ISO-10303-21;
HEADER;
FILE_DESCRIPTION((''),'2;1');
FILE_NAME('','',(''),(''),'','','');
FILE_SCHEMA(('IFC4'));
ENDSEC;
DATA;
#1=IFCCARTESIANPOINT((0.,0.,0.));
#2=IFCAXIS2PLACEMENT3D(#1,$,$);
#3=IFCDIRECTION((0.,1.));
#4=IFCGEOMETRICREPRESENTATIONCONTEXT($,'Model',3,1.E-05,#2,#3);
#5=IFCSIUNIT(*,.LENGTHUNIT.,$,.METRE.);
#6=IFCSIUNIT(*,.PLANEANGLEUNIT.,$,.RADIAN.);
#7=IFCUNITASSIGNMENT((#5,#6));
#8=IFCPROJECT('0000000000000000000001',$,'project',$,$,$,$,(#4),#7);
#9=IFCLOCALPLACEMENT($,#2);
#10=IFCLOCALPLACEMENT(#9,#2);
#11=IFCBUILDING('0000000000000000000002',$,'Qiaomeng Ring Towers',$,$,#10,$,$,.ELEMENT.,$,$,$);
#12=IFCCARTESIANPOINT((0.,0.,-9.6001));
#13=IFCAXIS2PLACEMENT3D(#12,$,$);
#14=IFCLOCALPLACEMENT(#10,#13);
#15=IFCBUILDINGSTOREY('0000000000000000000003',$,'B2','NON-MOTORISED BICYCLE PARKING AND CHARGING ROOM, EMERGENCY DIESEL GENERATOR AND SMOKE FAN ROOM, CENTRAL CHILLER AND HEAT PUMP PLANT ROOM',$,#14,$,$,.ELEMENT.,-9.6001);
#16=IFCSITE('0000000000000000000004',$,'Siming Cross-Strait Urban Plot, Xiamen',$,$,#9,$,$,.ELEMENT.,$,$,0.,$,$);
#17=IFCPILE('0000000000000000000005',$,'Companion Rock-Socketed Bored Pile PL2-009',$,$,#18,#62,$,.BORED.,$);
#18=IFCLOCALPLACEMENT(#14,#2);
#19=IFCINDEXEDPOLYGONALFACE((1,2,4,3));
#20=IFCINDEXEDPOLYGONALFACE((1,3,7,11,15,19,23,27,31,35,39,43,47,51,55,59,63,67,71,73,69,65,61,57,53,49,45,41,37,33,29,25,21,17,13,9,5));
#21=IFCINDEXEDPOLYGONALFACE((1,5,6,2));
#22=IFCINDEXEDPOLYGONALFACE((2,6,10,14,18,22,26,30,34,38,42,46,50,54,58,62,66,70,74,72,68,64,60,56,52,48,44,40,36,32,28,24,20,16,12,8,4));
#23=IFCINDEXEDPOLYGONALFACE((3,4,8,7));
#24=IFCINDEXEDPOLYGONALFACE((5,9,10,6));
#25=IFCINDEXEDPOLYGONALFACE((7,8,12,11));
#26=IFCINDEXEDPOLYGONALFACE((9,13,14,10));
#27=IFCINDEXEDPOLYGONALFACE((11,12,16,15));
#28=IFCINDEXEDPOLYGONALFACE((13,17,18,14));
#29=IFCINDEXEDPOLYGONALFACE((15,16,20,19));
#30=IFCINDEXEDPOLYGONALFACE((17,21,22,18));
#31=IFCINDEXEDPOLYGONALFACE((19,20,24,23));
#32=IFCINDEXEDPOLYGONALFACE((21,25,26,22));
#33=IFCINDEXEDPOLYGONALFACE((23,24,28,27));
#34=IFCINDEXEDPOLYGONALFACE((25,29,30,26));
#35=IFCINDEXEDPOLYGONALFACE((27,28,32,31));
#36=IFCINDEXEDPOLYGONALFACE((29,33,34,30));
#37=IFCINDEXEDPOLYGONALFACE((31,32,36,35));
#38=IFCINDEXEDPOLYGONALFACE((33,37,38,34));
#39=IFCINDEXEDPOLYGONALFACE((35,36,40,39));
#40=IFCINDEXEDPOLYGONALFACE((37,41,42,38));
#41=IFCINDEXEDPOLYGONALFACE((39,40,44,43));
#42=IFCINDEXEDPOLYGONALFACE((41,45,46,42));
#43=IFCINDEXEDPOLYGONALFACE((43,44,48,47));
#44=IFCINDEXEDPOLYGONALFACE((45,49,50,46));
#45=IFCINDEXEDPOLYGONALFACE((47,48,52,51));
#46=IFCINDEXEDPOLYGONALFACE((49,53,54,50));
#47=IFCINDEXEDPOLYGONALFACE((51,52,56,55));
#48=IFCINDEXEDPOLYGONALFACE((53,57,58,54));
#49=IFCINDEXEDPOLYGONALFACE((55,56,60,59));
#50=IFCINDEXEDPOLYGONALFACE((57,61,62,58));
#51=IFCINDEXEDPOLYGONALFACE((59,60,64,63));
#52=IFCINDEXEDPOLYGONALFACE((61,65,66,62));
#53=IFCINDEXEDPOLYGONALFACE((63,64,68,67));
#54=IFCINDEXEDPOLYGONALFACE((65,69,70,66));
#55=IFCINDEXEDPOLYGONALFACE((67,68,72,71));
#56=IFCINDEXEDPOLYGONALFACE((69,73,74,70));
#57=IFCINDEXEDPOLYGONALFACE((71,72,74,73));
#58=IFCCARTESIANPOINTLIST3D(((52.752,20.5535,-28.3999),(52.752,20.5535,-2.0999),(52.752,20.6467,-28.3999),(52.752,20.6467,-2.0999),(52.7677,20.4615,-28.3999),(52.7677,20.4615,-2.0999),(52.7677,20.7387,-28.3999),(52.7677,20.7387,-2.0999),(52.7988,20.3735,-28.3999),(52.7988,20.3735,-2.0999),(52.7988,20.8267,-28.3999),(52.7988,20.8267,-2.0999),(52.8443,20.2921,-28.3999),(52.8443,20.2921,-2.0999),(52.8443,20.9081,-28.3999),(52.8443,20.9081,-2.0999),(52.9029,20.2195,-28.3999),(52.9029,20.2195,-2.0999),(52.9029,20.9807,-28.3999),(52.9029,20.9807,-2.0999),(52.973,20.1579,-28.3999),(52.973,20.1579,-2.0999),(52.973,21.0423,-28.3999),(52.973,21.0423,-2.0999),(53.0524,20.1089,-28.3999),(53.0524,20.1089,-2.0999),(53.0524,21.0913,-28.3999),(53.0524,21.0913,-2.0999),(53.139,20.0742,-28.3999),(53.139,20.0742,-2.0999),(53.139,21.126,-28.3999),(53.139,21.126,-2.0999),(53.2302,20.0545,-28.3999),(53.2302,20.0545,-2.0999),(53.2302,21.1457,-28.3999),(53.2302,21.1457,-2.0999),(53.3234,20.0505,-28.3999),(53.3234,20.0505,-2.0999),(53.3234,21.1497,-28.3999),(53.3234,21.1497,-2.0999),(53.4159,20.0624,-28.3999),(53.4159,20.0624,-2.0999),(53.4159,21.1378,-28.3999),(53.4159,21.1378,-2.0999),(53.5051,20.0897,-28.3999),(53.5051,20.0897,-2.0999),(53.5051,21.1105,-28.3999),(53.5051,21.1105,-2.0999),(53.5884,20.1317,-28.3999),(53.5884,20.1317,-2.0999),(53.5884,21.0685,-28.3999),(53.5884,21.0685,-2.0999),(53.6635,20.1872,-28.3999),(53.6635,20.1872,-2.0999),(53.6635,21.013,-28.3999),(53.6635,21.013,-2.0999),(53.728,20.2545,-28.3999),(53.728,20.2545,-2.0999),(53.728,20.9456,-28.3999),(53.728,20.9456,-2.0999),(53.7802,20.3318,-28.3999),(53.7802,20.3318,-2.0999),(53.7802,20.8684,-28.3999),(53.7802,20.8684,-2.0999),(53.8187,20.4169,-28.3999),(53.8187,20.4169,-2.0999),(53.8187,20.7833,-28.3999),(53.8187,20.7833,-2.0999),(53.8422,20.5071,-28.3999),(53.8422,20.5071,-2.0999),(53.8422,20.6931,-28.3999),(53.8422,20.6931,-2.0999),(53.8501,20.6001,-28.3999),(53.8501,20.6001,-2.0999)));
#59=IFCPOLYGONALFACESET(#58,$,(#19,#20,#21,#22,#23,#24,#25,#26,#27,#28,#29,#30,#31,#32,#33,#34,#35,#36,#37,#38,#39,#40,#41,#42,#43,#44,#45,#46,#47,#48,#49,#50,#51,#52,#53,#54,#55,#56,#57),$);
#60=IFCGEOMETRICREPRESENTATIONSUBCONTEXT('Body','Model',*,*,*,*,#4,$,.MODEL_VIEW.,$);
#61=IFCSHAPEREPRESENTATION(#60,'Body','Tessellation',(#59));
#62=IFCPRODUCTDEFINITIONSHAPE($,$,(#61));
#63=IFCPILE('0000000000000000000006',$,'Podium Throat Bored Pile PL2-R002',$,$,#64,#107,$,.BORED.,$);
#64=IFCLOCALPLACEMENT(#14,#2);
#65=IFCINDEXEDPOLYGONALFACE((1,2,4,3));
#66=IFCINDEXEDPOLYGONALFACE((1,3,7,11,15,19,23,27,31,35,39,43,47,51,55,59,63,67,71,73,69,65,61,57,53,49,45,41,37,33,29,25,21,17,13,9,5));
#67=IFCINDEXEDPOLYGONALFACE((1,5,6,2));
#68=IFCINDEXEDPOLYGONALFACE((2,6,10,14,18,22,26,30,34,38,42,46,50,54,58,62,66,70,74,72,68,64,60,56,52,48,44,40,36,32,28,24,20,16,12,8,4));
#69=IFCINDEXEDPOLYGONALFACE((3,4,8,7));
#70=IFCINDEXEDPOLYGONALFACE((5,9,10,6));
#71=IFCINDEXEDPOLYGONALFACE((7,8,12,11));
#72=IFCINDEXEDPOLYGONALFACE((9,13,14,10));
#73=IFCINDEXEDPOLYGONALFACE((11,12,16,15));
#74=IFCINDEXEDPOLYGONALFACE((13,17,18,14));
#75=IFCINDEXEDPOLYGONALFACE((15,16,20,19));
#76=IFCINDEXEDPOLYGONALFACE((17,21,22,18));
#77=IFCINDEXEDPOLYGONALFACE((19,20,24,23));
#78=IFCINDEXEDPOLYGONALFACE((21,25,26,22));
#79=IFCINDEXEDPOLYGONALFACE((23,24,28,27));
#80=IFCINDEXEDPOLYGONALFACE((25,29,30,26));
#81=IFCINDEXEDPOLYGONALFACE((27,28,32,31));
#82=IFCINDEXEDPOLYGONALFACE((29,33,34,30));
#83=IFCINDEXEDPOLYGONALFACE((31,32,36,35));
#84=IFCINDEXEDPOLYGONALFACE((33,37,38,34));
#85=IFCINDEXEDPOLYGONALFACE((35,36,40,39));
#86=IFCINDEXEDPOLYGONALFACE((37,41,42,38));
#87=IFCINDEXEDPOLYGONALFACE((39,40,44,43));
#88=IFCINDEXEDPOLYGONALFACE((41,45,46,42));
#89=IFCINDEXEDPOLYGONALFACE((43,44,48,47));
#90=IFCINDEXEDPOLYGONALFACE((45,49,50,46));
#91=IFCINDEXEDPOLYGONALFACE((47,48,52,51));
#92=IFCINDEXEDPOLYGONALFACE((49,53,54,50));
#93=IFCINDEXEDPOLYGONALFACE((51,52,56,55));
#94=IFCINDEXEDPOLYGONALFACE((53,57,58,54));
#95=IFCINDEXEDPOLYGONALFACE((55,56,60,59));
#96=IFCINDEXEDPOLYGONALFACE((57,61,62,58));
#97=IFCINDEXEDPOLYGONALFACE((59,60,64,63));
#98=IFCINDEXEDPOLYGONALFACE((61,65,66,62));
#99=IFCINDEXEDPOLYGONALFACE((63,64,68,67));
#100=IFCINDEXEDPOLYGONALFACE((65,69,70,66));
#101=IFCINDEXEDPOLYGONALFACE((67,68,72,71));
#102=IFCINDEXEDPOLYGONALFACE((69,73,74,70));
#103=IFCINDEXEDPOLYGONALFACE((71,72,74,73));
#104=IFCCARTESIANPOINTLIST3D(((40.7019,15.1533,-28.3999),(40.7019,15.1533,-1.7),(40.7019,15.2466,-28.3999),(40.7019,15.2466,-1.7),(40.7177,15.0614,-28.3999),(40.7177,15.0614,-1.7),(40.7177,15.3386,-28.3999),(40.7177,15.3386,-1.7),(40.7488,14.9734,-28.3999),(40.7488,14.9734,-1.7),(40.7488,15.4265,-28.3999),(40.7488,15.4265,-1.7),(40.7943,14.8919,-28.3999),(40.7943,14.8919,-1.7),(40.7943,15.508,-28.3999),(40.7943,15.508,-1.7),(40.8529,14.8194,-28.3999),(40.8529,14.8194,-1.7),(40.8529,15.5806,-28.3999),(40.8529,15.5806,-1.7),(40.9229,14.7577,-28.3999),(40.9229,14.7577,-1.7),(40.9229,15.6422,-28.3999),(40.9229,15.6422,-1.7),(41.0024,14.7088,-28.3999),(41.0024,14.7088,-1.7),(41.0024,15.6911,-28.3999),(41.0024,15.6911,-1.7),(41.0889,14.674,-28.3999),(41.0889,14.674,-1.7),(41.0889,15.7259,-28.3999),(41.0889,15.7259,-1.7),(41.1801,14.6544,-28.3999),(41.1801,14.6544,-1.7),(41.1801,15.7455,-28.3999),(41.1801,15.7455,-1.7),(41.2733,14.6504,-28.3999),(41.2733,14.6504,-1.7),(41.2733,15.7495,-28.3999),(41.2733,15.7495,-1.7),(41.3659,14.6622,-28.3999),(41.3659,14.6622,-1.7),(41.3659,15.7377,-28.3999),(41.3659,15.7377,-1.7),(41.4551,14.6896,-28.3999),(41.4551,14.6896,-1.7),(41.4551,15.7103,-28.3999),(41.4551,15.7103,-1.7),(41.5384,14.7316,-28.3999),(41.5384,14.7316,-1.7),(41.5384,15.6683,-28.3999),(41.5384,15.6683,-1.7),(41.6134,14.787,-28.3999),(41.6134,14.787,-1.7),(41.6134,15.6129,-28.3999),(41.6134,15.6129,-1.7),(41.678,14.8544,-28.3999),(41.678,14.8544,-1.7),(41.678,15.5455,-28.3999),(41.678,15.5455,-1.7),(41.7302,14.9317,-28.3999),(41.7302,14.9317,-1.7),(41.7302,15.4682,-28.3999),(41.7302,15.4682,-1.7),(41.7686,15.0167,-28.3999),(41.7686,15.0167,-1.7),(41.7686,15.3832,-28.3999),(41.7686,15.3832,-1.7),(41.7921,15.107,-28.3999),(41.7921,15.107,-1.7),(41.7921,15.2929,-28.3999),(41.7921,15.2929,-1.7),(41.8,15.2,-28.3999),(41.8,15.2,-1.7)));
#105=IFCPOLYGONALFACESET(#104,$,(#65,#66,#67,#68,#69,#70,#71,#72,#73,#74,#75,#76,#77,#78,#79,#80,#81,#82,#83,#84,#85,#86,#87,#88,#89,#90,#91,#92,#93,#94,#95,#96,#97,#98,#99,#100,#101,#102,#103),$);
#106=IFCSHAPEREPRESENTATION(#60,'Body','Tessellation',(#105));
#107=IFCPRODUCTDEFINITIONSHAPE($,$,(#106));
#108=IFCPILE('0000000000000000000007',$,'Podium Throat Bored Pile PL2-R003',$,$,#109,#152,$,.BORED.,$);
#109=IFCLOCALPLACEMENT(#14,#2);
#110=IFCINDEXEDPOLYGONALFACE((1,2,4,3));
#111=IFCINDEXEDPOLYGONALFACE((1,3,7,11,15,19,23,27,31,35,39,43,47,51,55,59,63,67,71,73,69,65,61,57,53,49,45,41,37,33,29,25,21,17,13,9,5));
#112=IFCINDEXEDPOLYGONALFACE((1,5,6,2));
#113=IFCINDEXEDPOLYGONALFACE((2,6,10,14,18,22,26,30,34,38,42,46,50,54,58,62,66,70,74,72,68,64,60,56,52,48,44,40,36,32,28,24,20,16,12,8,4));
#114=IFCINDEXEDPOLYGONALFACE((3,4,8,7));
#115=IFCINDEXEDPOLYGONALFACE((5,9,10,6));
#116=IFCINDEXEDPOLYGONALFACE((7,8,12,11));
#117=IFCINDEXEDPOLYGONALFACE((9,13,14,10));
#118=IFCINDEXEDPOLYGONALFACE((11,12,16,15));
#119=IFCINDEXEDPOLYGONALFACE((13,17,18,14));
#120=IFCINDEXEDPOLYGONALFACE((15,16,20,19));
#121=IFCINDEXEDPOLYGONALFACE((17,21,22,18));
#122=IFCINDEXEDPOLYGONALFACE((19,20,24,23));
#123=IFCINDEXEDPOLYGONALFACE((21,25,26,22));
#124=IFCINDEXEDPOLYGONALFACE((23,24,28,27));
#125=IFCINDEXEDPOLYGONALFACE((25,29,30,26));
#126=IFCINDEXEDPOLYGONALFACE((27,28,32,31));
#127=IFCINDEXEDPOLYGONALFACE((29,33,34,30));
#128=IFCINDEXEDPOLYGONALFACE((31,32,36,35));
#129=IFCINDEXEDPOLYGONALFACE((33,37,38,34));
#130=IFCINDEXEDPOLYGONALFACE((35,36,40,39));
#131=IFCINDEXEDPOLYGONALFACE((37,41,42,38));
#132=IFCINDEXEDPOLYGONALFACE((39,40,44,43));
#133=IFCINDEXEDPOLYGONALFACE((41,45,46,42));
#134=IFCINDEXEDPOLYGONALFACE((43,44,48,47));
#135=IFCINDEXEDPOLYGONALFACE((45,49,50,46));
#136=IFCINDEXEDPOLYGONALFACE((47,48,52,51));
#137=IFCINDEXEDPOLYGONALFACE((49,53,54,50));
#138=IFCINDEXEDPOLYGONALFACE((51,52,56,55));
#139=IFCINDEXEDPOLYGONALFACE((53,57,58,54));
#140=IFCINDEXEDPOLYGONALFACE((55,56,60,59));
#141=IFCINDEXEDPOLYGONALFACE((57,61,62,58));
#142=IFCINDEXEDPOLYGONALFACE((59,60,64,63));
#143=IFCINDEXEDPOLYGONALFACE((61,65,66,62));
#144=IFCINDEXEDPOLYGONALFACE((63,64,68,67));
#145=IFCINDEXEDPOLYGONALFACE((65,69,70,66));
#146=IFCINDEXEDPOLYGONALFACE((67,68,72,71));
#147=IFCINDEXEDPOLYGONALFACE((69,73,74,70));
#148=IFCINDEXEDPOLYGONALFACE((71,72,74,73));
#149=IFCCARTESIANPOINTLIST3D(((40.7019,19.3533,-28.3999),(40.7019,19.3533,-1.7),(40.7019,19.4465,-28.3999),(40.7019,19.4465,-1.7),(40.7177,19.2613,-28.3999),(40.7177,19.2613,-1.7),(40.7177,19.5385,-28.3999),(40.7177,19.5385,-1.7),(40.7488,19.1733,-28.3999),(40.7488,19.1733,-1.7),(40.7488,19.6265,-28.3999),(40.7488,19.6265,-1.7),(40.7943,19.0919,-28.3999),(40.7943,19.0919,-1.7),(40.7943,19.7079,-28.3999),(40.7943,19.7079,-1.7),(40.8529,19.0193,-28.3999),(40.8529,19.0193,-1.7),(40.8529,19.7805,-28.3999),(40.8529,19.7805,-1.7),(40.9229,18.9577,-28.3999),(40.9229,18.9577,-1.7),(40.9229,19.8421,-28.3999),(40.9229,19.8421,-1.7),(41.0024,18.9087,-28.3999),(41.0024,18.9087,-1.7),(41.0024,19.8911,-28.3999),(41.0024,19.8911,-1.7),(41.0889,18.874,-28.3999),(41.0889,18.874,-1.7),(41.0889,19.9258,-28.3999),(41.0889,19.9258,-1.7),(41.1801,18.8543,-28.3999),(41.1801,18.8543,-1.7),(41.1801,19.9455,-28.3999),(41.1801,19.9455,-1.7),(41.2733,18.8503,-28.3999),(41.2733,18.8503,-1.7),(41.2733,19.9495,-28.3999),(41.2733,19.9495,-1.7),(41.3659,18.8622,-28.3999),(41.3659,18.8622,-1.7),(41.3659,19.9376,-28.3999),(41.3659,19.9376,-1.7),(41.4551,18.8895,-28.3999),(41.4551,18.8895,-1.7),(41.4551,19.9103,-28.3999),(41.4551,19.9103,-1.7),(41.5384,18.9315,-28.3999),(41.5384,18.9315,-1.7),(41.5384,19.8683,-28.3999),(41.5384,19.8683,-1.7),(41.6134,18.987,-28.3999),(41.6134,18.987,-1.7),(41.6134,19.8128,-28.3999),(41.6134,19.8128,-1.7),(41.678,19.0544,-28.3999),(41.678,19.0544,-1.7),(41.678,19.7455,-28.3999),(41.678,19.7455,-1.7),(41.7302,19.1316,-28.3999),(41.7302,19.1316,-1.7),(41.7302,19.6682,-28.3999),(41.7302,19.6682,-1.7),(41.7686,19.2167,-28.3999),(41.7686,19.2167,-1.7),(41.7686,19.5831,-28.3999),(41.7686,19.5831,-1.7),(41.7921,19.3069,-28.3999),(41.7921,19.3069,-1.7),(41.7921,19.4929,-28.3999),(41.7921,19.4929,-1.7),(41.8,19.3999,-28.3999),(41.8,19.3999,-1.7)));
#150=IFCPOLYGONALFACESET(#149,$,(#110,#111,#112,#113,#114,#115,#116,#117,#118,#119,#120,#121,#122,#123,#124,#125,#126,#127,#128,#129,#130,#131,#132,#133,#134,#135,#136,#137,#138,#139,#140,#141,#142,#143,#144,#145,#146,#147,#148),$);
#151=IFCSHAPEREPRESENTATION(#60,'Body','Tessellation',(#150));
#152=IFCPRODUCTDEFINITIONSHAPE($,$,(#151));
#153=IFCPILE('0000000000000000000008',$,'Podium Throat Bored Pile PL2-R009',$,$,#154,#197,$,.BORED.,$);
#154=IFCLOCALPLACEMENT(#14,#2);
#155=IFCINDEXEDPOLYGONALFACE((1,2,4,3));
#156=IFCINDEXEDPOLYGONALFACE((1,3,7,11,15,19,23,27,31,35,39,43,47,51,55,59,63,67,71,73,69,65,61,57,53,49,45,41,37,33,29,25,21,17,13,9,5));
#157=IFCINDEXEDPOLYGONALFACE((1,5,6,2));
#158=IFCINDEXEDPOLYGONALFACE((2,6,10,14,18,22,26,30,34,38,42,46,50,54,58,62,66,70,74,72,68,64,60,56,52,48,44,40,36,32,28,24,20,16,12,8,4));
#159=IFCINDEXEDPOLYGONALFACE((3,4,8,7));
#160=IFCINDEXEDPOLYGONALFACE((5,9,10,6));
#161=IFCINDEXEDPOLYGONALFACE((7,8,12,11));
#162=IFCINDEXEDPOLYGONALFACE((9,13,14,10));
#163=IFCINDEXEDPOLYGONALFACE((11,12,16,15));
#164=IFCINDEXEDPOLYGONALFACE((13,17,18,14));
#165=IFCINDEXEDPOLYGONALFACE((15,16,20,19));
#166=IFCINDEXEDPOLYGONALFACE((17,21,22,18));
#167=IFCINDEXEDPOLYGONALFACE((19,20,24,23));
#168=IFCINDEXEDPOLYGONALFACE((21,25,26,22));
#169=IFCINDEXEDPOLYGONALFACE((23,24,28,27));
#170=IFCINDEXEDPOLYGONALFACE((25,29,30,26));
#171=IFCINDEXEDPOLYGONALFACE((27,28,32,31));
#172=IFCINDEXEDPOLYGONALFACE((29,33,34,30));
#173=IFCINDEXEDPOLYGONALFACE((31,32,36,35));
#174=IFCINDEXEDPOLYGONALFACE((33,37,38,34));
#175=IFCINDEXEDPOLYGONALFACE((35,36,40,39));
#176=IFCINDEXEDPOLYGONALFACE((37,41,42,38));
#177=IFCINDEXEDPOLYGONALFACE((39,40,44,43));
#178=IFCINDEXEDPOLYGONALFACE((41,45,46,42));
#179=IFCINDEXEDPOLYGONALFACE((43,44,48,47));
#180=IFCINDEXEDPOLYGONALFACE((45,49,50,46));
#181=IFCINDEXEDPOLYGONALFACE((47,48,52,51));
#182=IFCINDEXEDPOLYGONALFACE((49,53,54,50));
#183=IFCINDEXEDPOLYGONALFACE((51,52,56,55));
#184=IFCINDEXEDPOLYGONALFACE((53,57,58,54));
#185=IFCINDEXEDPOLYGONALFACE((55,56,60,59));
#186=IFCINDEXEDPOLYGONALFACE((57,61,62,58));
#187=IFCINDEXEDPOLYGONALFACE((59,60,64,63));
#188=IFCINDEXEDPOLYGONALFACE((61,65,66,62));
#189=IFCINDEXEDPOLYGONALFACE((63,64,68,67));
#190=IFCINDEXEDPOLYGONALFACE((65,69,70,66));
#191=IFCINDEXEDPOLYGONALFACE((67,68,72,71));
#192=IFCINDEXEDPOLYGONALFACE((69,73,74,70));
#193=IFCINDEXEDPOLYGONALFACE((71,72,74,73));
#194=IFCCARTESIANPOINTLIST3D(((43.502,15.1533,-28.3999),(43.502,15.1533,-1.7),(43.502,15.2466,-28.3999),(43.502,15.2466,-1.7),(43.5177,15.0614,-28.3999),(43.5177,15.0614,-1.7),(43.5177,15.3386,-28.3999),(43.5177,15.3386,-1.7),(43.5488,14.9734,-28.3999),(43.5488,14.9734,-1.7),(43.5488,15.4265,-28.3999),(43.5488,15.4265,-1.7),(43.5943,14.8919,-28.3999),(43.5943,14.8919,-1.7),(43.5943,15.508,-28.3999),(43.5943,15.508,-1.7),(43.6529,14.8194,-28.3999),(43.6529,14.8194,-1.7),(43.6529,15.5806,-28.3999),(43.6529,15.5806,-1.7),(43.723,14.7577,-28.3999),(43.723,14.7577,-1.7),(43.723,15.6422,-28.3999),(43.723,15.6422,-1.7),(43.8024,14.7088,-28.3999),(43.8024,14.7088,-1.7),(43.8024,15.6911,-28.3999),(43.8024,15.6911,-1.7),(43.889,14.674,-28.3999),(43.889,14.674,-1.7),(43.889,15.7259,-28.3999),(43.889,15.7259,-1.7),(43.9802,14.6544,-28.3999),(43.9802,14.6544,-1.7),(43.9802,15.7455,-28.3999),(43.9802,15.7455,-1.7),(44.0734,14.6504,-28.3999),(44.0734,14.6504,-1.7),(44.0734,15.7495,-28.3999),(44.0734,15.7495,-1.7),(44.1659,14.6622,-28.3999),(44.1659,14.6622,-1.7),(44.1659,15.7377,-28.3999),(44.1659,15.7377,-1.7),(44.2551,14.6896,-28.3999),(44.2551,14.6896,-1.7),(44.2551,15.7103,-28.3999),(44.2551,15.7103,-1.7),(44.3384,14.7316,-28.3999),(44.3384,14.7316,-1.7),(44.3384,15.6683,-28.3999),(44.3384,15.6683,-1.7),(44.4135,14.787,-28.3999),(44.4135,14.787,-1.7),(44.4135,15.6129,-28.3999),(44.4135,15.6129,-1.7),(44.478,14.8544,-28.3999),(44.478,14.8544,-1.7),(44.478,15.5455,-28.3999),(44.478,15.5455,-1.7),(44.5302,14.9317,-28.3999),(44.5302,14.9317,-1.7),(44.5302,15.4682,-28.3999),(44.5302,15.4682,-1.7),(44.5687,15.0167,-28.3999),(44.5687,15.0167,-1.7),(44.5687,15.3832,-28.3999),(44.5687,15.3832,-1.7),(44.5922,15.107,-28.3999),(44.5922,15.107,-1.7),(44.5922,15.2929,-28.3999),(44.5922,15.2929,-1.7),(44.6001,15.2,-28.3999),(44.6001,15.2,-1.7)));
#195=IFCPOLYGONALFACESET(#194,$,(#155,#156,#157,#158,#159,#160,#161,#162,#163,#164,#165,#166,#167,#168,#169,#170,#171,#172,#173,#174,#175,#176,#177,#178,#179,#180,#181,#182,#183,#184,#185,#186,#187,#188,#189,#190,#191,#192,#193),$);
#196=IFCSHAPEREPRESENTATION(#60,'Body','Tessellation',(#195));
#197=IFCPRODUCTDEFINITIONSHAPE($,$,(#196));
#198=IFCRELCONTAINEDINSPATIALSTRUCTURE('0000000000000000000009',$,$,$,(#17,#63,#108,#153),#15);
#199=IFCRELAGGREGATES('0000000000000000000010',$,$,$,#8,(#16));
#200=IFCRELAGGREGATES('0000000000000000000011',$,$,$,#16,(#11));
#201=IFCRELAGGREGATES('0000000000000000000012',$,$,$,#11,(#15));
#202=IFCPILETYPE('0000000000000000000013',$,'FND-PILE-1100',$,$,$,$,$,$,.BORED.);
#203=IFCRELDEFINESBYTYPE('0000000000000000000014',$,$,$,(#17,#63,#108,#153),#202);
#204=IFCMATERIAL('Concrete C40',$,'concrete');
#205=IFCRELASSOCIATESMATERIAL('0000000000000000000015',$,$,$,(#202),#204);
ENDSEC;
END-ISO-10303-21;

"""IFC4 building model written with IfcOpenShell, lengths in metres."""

from ifc_helpers import new_model, si_unit, direction, frame, origin, origin_2d, place, context, subcontext, project, spatial, circle, extrude, source, transform, mapped, material, material_profile, profile_set, type_object, element, save


model = new_model("IFC4")

# Units and contexts
model_context = context("Model", 3, precision=1e-05, world=origin(), true_north=direction((0.0, 1.0)))
body_context = subcontext(model_context, "Body", "Model", "MODEL_VIEW")
ifc_project = project(units=[si_unit("LENGTHUNIT", "METRE"), si_unit("PLANEANGLEUNIT", "RADIAN")], contexts=[model_context])

# Site, building, storey
site_placement = place(None, origin())
site = spatial("IfcSite", under=ifc_project, at=site_placement, Name="Siming Cross-Strait Urban Plot, Xiamen", CompositionType="ELEMENT", RefElevation=0.0)
building_placement = place(site_placement, origin())
building = spatial("IfcBuilding", under=site, at=building_placement, Name="Qiaomeng Ring Towers", CompositionType="ELEMENT")
storey_placement = place(building_placement, frame((0.0, 0.0, -9.6001)))
storey = spatial("IfcBuildingStorey", under=building, at=storey_placement, Name="B2", Description="NON-MOTORISED BICYCLE PARKING AND CHARGING ROOM, EMERGENCY DIESEL GENERATOR AND SMOKE FAN ROOM, CENTRAL CHILLER AND HEAT PUMP PLANT ROOM", CompositionType="ELEMENT", Elevation=-9.6001)

# Piles
ifc_material_1 = material(Name="Concrete C40", Category="concrete")
ifc_material_profile_1 = material_profile(ifc_material_1, circle(Radius=0.55, at=origin_2d()), Name="BORED PILE 1100")
ifc_profile_set_1 = profile_set([ifc_material_profile_1], Name="Concrete C40")
pile_type_1 = type_object("IfcPileType", Name="FND-PILE-1100", PredefinedType="BORED", material=ifc_profile_set_1)
shared_shape_1 = source(origin(), body_context, "Body", "SweptSolid", [
    extrude(circle(Radius=0.55, at=origin_2d()), origin(), (0.0, 0.0, 1.0), 26.3),
])
for number, where, z_axis, x_axis, name in (
    (1, (53.3, 20.6001, -2.0999), (0.0, 0.0, -1.0), (1.0, 0.0, 0.0), "Companion Rock-Socketed Bored Pile PL2-009"),
):
    element("IfcPile", number, at=place(storey_placement, frame(where, z_axis=z_axis, x_axis=x_axis)), inside=storey, type_object=pile_type_1, Name=name, PredefinedType="BORED", context=body_context, shape_type="MappedRepresentation", body=[
        mapped(shared_shape_1, transform((0.0, 0.0, 0.0), x_axis=(1.0, 0.0, 0.0), y_axis=(0.0, 1.0, 0.0), z_axis=(0.0, 0.0, 1.0), scale=1.0)),
    ])
shared_shape_2 = source(origin(), body_context, "Body", "SweptSolid", [
    extrude(circle(Radius=0.55, at=origin_2d()), origin(), (0.0, 0.0, 1.0), 26.7),
])
for number, where, z_axis, x_axis, name in (
    (2, (41.25, 15.2, -1.7), (0.0, 0.0, -1.0), (1.0, 0.0, 0.0), "Podium Throat Bored Pile PL2-R002"),
    (3, (41.25, 19.3999, -1.7), (0.0, 0.0, -1.0), (1.0, 0.0, 0.0), "Podium Throat Bored Pile PL2-R003"),
    (4, (44.05, 15.2, -1.7), (0.0, 0.0, -1.0), (1.0, 0.0, 0.0), "Podium Throat Bored Pile PL2-R009"),
):
    element("IfcPile", number, at=place(storey_placement, frame(where, z_axis=z_axis, x_axis=x_axis)), inside=storey, type_object=pile_type_1, Name=name, PredefinedType="BORED", context=body_context, shape_type="MappedRepresentation", body=[
        mapped(shared_shape_2, transform((0.0, 0.0, 0.0), x_axis=(1.0, 0.0, 0.0), y_axis=(0.0, 1.0, 0.0), z_axis=(0.0, 0.0, 1.0), scale=1.0)),
    ])

save(model, "model.ifc")
